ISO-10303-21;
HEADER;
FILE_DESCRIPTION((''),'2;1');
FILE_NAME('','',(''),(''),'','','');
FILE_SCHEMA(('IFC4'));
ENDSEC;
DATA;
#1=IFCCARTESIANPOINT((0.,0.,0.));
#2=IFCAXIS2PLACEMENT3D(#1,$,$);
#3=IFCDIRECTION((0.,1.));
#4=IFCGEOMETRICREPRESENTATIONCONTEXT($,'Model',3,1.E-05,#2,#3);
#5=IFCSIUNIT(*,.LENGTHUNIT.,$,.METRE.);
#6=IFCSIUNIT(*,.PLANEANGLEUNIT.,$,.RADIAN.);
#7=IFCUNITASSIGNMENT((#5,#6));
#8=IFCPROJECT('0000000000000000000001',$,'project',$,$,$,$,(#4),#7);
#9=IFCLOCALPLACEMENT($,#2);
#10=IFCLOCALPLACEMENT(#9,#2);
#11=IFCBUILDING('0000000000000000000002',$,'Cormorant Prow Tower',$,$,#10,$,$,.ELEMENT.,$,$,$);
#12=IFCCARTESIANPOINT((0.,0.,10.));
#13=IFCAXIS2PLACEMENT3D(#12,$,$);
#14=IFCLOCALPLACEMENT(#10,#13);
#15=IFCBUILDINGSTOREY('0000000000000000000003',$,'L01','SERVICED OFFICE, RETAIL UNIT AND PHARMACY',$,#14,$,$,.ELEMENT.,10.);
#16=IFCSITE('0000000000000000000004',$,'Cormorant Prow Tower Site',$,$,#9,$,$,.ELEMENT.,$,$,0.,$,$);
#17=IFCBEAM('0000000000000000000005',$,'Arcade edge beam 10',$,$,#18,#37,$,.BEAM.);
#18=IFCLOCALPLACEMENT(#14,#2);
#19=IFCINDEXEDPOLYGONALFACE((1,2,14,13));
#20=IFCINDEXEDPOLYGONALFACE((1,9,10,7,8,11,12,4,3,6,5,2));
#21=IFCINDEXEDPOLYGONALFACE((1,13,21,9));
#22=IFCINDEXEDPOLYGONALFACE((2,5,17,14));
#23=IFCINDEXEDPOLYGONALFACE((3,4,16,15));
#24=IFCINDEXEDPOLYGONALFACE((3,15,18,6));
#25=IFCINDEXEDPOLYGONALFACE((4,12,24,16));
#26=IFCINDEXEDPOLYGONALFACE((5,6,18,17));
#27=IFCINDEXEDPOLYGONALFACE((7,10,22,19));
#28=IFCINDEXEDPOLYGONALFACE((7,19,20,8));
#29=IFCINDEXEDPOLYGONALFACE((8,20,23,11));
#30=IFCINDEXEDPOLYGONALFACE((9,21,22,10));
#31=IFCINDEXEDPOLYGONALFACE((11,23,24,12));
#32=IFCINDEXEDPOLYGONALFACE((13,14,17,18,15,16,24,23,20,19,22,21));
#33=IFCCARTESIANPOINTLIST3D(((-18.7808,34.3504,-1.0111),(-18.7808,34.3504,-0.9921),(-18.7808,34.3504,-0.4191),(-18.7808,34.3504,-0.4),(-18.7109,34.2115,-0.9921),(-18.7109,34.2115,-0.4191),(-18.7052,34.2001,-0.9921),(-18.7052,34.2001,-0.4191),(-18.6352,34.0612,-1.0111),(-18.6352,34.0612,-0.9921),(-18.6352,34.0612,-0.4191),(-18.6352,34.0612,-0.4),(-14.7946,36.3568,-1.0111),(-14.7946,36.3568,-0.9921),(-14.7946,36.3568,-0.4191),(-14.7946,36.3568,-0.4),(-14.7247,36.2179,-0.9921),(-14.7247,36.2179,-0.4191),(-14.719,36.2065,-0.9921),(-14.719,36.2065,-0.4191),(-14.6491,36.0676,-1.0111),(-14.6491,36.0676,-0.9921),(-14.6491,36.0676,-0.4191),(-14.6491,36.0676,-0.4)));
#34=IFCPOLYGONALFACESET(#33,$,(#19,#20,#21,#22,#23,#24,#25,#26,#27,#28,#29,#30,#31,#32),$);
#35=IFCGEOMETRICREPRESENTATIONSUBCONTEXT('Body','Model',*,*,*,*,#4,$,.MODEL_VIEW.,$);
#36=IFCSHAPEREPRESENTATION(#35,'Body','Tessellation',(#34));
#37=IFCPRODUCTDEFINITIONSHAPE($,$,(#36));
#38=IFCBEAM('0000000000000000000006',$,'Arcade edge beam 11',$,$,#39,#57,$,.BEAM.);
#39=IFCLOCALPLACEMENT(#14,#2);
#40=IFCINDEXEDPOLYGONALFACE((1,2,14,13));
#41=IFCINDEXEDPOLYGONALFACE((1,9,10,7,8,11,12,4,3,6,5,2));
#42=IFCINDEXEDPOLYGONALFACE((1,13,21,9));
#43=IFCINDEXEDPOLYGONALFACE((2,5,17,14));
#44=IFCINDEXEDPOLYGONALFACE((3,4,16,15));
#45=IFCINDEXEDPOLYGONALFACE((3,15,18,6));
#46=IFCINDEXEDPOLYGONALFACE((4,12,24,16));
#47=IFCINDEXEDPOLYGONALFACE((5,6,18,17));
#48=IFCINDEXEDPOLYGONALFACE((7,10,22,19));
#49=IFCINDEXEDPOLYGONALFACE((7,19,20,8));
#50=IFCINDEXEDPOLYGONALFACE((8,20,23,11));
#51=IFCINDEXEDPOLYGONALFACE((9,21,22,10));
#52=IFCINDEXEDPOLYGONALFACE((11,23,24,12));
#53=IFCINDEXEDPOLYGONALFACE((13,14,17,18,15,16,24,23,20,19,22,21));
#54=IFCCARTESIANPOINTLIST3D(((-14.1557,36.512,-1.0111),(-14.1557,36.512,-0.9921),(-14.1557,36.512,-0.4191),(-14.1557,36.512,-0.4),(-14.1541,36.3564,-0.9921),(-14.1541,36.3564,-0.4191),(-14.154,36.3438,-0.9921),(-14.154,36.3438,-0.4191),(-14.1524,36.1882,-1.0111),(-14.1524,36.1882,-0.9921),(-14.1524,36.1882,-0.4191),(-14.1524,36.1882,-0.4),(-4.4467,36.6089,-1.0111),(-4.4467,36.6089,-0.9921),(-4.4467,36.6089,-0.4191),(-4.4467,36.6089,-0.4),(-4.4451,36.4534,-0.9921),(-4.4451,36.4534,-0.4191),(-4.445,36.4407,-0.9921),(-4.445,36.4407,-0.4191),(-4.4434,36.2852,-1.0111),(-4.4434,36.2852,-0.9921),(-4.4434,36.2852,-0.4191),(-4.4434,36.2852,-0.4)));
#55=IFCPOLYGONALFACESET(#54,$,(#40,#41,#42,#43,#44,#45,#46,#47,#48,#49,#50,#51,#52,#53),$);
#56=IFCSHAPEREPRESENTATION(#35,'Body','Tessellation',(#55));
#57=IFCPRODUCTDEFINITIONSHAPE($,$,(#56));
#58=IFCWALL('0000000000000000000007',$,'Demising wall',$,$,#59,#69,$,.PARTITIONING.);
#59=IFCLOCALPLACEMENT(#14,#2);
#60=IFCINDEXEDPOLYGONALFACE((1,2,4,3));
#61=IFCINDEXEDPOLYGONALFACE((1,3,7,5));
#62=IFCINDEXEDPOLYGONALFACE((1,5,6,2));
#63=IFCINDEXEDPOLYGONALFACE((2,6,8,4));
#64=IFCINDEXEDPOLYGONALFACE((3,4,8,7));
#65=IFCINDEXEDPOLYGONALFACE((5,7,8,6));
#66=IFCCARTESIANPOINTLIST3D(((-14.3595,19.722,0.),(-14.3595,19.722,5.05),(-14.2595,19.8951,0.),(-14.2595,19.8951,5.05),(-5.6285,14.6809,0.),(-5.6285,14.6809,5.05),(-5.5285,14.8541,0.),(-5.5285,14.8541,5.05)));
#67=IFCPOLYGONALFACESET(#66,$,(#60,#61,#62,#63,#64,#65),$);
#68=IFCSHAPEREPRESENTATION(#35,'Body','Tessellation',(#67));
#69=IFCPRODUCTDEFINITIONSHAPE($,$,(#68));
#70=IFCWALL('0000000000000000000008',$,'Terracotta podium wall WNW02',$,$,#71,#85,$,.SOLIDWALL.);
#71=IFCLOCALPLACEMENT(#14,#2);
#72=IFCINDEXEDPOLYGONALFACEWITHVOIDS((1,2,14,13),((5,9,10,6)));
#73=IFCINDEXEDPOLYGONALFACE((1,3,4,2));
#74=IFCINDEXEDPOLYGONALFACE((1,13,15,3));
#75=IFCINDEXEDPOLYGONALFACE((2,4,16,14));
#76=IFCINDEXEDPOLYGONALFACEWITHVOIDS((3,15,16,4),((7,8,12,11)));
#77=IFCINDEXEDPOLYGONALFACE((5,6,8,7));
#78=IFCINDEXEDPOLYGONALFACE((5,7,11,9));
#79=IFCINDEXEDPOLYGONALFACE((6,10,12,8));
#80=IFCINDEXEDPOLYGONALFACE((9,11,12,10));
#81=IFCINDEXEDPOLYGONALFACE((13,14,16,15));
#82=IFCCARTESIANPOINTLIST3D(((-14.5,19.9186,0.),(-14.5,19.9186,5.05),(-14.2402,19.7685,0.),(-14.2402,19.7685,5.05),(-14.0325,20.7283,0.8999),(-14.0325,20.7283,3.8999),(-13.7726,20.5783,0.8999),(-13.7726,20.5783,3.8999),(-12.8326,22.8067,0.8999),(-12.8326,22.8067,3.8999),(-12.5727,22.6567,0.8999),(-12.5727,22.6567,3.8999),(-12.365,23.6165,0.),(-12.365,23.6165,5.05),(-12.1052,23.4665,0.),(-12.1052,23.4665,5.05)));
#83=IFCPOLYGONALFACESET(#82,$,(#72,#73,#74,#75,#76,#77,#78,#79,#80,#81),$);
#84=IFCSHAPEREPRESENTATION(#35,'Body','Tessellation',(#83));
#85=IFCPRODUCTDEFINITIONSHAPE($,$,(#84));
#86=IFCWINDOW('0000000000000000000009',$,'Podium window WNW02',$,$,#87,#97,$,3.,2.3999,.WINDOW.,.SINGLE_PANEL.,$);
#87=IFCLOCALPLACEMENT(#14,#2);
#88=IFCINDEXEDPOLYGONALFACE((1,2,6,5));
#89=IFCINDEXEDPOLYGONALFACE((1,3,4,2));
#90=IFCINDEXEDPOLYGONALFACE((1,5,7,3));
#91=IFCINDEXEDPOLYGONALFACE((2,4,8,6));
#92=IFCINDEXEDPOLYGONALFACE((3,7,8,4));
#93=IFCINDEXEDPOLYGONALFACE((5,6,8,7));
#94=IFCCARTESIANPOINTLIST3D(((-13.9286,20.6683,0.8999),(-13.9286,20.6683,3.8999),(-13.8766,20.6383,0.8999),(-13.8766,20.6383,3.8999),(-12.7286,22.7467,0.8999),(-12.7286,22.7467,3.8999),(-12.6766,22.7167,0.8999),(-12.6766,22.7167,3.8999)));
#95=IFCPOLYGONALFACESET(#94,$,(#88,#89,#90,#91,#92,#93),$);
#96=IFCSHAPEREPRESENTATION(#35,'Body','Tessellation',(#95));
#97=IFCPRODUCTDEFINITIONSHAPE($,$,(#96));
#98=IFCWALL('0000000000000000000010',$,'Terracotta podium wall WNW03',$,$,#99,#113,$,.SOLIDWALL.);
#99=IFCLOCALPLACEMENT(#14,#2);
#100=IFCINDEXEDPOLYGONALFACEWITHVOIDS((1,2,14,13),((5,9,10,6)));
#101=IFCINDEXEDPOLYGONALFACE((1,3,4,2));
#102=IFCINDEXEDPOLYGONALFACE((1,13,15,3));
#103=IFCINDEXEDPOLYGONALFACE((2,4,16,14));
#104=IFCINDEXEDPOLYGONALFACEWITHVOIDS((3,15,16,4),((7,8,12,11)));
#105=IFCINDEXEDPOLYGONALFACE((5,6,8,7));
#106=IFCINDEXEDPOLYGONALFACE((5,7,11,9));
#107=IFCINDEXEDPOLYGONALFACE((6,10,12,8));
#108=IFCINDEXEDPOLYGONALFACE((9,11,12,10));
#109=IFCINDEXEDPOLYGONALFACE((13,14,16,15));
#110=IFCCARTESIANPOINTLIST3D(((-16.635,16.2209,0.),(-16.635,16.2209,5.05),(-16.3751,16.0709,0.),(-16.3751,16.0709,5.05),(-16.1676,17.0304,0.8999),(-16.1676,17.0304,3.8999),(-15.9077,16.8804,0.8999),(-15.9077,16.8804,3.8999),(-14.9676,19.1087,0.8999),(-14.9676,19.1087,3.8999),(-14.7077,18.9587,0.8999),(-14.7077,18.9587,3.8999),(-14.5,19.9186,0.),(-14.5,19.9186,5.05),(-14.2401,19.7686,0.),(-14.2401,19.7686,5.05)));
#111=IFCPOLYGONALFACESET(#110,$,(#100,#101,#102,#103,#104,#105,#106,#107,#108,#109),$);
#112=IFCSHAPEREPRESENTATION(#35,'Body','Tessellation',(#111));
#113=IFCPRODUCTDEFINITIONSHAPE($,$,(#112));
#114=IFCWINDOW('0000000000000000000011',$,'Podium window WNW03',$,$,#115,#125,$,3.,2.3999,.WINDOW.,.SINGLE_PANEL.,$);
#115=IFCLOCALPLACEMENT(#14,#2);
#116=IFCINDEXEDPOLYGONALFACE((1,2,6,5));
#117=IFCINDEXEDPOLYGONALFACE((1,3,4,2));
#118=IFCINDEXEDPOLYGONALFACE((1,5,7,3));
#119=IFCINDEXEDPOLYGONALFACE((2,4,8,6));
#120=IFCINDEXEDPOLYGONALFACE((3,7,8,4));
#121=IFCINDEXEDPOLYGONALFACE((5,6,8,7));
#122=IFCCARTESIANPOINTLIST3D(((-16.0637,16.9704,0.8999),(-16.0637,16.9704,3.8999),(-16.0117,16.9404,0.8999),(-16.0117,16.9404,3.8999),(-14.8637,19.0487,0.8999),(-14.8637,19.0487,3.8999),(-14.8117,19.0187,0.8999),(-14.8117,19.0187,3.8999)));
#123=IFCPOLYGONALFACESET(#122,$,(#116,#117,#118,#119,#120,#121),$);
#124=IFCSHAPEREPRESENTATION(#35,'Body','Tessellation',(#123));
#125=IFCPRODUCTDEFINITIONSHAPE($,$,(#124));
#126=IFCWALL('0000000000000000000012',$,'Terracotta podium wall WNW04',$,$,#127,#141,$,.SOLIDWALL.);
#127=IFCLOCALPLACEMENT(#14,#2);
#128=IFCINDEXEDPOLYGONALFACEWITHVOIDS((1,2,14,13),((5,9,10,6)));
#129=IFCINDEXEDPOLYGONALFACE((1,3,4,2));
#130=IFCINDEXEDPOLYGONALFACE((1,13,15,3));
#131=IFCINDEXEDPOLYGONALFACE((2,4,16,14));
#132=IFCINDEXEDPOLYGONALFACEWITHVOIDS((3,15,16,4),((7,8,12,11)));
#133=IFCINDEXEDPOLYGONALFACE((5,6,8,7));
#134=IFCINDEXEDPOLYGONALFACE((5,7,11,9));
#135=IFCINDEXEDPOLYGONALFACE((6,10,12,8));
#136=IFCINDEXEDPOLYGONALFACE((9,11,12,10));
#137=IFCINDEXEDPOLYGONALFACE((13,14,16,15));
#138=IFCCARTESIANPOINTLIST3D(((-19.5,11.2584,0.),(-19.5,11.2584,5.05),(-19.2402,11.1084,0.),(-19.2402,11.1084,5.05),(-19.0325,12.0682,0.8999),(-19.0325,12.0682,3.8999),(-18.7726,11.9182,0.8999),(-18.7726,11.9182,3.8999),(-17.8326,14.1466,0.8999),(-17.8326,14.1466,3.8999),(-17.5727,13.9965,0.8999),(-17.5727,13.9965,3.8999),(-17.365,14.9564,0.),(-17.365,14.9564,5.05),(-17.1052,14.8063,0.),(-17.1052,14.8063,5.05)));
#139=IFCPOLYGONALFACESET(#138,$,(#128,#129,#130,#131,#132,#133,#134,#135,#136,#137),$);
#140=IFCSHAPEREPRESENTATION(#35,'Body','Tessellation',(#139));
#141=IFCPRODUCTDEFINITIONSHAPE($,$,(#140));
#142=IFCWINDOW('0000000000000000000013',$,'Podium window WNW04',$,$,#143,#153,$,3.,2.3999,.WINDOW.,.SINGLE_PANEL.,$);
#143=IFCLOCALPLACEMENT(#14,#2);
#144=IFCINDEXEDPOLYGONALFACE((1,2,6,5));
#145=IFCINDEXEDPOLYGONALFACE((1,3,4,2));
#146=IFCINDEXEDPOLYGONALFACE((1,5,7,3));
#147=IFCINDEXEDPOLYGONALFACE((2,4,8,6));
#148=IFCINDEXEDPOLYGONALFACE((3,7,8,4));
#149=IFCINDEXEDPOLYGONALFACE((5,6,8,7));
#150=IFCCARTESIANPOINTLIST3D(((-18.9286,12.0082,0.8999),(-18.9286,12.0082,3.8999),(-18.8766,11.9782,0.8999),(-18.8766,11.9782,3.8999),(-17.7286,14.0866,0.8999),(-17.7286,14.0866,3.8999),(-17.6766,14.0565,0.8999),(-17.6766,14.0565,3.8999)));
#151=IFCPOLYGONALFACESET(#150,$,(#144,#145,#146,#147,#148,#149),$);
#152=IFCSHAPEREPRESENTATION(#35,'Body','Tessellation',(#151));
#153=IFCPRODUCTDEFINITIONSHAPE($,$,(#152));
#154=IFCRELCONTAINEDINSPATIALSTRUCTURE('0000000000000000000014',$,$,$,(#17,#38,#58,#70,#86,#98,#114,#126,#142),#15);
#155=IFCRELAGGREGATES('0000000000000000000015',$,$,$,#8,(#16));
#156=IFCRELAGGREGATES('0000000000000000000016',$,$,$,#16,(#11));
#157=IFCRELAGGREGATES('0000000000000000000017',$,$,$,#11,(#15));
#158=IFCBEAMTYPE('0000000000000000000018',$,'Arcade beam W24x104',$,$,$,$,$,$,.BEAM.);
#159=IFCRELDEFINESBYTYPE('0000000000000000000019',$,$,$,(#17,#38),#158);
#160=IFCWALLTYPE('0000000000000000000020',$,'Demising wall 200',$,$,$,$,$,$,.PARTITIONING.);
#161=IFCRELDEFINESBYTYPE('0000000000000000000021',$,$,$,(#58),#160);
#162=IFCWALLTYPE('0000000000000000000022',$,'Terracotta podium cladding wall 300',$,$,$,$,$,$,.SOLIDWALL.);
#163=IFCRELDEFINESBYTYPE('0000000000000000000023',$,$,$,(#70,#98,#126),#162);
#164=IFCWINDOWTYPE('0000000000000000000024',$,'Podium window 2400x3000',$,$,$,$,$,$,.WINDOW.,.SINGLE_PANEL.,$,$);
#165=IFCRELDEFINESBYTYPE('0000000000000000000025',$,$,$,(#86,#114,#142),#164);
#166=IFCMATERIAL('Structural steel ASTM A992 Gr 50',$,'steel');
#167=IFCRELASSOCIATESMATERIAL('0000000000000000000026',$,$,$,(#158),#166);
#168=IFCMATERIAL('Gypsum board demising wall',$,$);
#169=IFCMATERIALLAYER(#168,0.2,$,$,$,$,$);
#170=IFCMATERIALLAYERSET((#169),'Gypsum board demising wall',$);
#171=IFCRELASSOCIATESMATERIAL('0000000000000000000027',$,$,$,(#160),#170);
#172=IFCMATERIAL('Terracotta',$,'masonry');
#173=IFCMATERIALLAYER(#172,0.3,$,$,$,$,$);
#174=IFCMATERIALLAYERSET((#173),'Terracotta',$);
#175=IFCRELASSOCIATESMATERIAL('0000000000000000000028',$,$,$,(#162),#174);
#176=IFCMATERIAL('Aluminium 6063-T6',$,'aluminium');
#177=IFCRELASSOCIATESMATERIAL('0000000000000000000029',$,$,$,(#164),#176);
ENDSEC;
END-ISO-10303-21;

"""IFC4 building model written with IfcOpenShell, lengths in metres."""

from ifc_helpers import new_model, si_unit, direction, frame, frame_2d, origin, origin_2d, place, context, subcontext, project, spatial, rectangle, i_section, extrude, material, layer, layer_set, material_profile, profile_set, type_object, element, fill, save


model = new_model("IFC4")

# Units and contexts
model_context = context("Model", 3, precision=1e-05, world=origin(), true_north=direction((0.0, 1.0)))
body_context = subcontext(model_context, "Body", "Model", "MODEL_VIEW")
ifc_project = project(units=[si_unit("LENGTHUNIT", "METRE"), si_unit("PLANEANGLEUNIT", "RADIAN")], contexts=[model_context])

# Site, building, storey
site_placement = place(None, origin())
site = spatial("IfcSite", under=ifc_project, at=site_placement, Name="Cormorant Prow Tower Site", CompositionType="ELEMENT", RefElevation=0.0)
building_placement = place(site_placement, origin())
building = spatial("IfcBuilding", under=site, at=building_placement, Name="Cormorant Prow Tower", CompositionType="ELEMENT")
storey_placement = place(building_placement, frame((0.0, 0.0, 10.0)))
storey = spatial("IfcBuildingStorey", under=building, at=storey_placement, Name="L01", Description="SERVICED OFFICE, RETAIL UNIT AND PHARMACY", CompositionType="ELEMENT", Elevation=10.0)

# Beams
ifc_material_1 = material(Name="Structural steel ASTM A992 Gr 50", Category="steel")
ifc_material_profile_1 = material_profile(ifc_material_1, i_section(OverallWidth=0.3237, OverallDepth=0.6111, WebThickness=0.0127, FlangeThickness=0.019, at=origin_2d()), Name="W24x104")
ifc_profile_set_1 = profile_set([ifc_material_profile_1], Name="Structural steel ASTM A992 Gr 50")
beam_type = type_object("IfcBeamType", Name="Arcade beam W24x104", PredefinedType="BEAM", material=ifc_profile_set_1)
beam_1_placement = place(storey_placement, frame((-18.708, 34.2058, -0.7056), z_axis=(0.893231, 0.449597, 0.0), x_axis=(-0.449597, 0.893231, 0.0)))
element("IfcBeam", 1, at=beam_1_placement, inside=storey, type_object=beam_type, Name="Arcade edge beam 10", PredefinedType="BEAM", context=body_context, shape_type="SweptSolid", body=[
    extrude(i_section(OverallWidth=0.3237, OverallDepth=0.6111, WebThickness=0.0127, FlangeThickness=0.019, at=origin_2d()), origin(), (0.0, 0.0, 1.0), 4.4626),
])
beam_2_placement = place(storey_placement, frame((-14.1541, 36.3501, -0.7056), z_axis=(0.99995, 0.009982, 0.0), x_axis=(-0.009982, 0.99995, 0.0)))
element("IfcBeam", 2, at=beam_2_placement, inside=storey, type_object=beam_type, Name="Arcade edge beam 11", PredefinedType="BEAM", context=body_context, shape_type="SweptSolid", body=[
    extrude(i_section(OverallWidth=0.3237, OverallDepth=0.6111, WebThickness=0.0127, FlangeThickness=0.019, at=origin_2d()), origin(), (0.0, 0.0, 1.0), 9.7095),
])

# Wall
ifc_material_2 = material(Name="Gypsum board demising wall")
ifc_layer_1 = layer(ifc_material_2, 0.2)
ifc_layer_set_1 = layer_set([ifc_layer_1], Name="Gypsum board demising wall")
wall_type_1 = type_object("IfcWallType", Name="Demising wall 200", PredefinedType="PARTITIONING", material=ifc_layer_set_1)
wall_1_placement = place(storey_placement, frame((-14.3096, 19.8086, 0.0), z_axis=(0.0, 0.0, 1.0), x_axis=(0.866017, -0.500015, 0.0)))
element("IfcWall", 3, at=wall_1_placement, inside=storey, type_object=wall_type_1, Name="Demising wall", PredefinedType="PARTITIONING", context=body_context, shape_type="SweptSolid", body=[
    extrude(rectangle(XDim=10.0818, YDim=0.2, at=frame_2d((5.041, 0.0))), origin(), (0.0, 0.0, 1.0), 5.05),
])

# Walls, openings, windows
ifc_material_3 = material(Name="Terracotta", Category="masonry")
ifc_layer_2 = layer(ifc_material_3, 0.3)
ifc_layer_set_2 = layer_set([ifc_layer_2], Name="Terracotta")
wall_type_2 = type_object("IfcWallType", Name="Terracotta podium cladding wall 300", PredefinedType="SOLIDWALL", material=ifc_layer_set_2)
wall_2_placement = place(storey_placement, frame((-12.2351, 23.5415, 0.0), z_axis=(0.0, 0.0, 1.0), x_axis=(-0.499995, -0.866028, 0.0)))
wall_2 = element("IfcWall", 4, at=wall_2_placement, inside=storey, type_object=wall_type_2, Name="Terracotta podium wall WNW02", PredefinedType="SOLIDWALL", context=body_context, shape_type="SweptSolid", body=[
    extrude(rectangle(XDim=4.27, YDim=0.3, at=frame_2d((2.135, 0.0))), origin(), (0.0, 0.0, 1.0), 5.05),
])
opening_1_placement = place(wall_2_placement, frame((0.9351, 0.0, 0.8999)))
opening_1 = element("IfcOpeningElement", 5, at=opening_1_placement, cuts=wall_2, PredefinedType="OPENING", context=body_context, shape_type="SweptSolid", body=[
    extrude(rectangle(XDim=2.3999, YDim=3.0, at=frame_2d((1.2, 1.5))), frame((0.0, 0.1599, 0.0), z_axis=(0.0, -1.0, 0.0), x_axis=(1.0, 0.0, 0.0)), (0.0, 0.0, 1.0), 0.3201),
])
ifc_material_4 = material(Name="Aluminium 6063-T6", Category="aluminium")
window_type = type_object("IfcWindowType", Name="Podium window 2400x3000", PartitioningType="SINGLE_PANEL", PredefinedType="WINDOW", material=ifc_material_4)
window_1_placement = place(opening_1_placement, origin())
window_1 = element("IfcWindow", 6, at=window_1_placement, inside=storey, type_object=window_type, Name="Podium window WNW02", OverallHeight=3.0, OverallWidth=2.3999, PartitioningType="SINGLE_PANEL", PredefinedType="WINDOW", context=body_context, shape_type="SweptSolid", body=[
    extrude(rectangle(XDim=2.3999, YDim=3.0, at=frame_2d((1.2, 1.5))), frame((0.0, 0.03, 0.0), z_axis=(0.0, -1.0, 0.0), x_axis=(1.0, 0.0, 0.0)), (0.0, 0.0, 1.0), 0.0601),
])
fill(opening_1, window_1)
wall_3_placement = place(storey_placement, frame((-14.3701, 19.8435, 0.0), z_axis=(0.0, 0.0, 1.0), x_axis=(-0.500019, -0.866014, 0.0)))
wall_3 = element("IfcWall", 7, at=wall_3_placement, inside=storey, type_object=wall_type_2, Name="Terracotta podium wall WNW03", PredefinedType="SOLIDWALL", context=body_context, shape_type="SweptSolid", body=[
    extrude(rectangle(XDim=4.2698, YDim=0.3, at=frame_2d((2.1348, 0.0))), origin(), (0.0, 0.0, 1.0), 5.05),
])
opening_2_placement = place(wall_3_placement, frame((0.9351, 0.0, 0.8999)))
opening_2 = element("IfcOpeningElement", 8, at=opening_2_placement, cuts=wall_3, PredefinedType="OPENING", context=body_context, shape_type="SweptSolid", body=[
    extrude(rectangle(XDim=2.3999, YDim=3.0, at=frame_2d((1.2, 1.5))), frame((0.0, 0.1599, 0.0), z_axis=(0.0, -1.0, 0.0), x_axis=(1.0, 0.0, 0.0)), (0.0, 0.0, 1.0), 0.3201),
])
window_2_placement = place(opening_2_placement, origin())
window_2 = element("IfcWindow", 9, at=window_2_placement, inside=storey, type_object=window_type, Name="Podium window WNW03", OverallHeight=3.0, OverallWidth=2.3999, PartitioningType="SINGLE_PANEL", PredefinedType="WINDOW", context=body_context, shape_type="SweptSolid", body=[
    extrude(rectangle(XDim=2.3999, YDim=3.0, at=frame_2d((1.2, 1.5))), frame((0.0, 0.03, 0.0), z_axis=(0.0, -1.0, 0.0), x_axis=(1.0, 0.0, 0.0)), (0.0, 0.0, 1.0), 0.0601),
])
fill(opening_2, window_2)
wall_4_placement = place(storey_placement, frame((-17.2351, 14.8813, 0.0), z_axis=(0.0, 0.0, 1.0), x_axis=(-0.499995, -0.866028, 0.0)))
wall_4 = element("IfcWall", 10, at=wall_4_placement, inside=storey, type_object=wall_type_2, Name="Terracotta podium wall WNW04", PredefinedType="SOLIDWALL", context=body_context, shape_type="SweptSolid", body=[
    extrude(rectangle(XDim=4.27, YDim=0.3, at=frame_2d((2.135, 0.0))), origin(), (0.0, 0.0, 1.0), 5.05),
])
opening_3_placement = place(wall_4_placement, frame((0.9351, 0.0, 0.8999)))
opening_3 = element("IfcOpeningElement", 11, at=opening_3_placement, cuts=wall_4, PredefinedType="OPENING", context=body_context, shape_type="SweptSolid", body=[
    extrude(rectangle(XDim=2.3999, YDim=3.0, at=frame_2d((1.2, 1.5))), frame((0.0, 0.1599, 0.0), z_axis=(0.0, -1.0, 0.0), x_axis=(1.0, 0.0, 0.0)), (0.0, 0.0, 1.0), 0.3201),
])
window_3_placement = place(opening_3_placement, origin())
window_3 = element("IfcWindow", 12, at=window_3_placement, inside=storey, type_object=window_type, Name="Podium window WNW04", OverallHeight=3.0, OverallWidth=2.3999, PartitioningType="SINGLE_PANEL", PredefinedType="WINDOW", context=body_context, shape_type="SweptSolid", body=[
    extrude(rectangle(XDim=2.3999, YDim=3.0, at=frame_2d((1.2, 1.5))), frame((0.0, 0.03, 0.0), z_axis=(0.0, -1.0, 0.0), x_axis=(1.0, 0.0, 0.0)), (0.0, 0.0, 1.0), 0.0601),
])
fill(opening_3, window_3)

save(model, "model.ifc")
